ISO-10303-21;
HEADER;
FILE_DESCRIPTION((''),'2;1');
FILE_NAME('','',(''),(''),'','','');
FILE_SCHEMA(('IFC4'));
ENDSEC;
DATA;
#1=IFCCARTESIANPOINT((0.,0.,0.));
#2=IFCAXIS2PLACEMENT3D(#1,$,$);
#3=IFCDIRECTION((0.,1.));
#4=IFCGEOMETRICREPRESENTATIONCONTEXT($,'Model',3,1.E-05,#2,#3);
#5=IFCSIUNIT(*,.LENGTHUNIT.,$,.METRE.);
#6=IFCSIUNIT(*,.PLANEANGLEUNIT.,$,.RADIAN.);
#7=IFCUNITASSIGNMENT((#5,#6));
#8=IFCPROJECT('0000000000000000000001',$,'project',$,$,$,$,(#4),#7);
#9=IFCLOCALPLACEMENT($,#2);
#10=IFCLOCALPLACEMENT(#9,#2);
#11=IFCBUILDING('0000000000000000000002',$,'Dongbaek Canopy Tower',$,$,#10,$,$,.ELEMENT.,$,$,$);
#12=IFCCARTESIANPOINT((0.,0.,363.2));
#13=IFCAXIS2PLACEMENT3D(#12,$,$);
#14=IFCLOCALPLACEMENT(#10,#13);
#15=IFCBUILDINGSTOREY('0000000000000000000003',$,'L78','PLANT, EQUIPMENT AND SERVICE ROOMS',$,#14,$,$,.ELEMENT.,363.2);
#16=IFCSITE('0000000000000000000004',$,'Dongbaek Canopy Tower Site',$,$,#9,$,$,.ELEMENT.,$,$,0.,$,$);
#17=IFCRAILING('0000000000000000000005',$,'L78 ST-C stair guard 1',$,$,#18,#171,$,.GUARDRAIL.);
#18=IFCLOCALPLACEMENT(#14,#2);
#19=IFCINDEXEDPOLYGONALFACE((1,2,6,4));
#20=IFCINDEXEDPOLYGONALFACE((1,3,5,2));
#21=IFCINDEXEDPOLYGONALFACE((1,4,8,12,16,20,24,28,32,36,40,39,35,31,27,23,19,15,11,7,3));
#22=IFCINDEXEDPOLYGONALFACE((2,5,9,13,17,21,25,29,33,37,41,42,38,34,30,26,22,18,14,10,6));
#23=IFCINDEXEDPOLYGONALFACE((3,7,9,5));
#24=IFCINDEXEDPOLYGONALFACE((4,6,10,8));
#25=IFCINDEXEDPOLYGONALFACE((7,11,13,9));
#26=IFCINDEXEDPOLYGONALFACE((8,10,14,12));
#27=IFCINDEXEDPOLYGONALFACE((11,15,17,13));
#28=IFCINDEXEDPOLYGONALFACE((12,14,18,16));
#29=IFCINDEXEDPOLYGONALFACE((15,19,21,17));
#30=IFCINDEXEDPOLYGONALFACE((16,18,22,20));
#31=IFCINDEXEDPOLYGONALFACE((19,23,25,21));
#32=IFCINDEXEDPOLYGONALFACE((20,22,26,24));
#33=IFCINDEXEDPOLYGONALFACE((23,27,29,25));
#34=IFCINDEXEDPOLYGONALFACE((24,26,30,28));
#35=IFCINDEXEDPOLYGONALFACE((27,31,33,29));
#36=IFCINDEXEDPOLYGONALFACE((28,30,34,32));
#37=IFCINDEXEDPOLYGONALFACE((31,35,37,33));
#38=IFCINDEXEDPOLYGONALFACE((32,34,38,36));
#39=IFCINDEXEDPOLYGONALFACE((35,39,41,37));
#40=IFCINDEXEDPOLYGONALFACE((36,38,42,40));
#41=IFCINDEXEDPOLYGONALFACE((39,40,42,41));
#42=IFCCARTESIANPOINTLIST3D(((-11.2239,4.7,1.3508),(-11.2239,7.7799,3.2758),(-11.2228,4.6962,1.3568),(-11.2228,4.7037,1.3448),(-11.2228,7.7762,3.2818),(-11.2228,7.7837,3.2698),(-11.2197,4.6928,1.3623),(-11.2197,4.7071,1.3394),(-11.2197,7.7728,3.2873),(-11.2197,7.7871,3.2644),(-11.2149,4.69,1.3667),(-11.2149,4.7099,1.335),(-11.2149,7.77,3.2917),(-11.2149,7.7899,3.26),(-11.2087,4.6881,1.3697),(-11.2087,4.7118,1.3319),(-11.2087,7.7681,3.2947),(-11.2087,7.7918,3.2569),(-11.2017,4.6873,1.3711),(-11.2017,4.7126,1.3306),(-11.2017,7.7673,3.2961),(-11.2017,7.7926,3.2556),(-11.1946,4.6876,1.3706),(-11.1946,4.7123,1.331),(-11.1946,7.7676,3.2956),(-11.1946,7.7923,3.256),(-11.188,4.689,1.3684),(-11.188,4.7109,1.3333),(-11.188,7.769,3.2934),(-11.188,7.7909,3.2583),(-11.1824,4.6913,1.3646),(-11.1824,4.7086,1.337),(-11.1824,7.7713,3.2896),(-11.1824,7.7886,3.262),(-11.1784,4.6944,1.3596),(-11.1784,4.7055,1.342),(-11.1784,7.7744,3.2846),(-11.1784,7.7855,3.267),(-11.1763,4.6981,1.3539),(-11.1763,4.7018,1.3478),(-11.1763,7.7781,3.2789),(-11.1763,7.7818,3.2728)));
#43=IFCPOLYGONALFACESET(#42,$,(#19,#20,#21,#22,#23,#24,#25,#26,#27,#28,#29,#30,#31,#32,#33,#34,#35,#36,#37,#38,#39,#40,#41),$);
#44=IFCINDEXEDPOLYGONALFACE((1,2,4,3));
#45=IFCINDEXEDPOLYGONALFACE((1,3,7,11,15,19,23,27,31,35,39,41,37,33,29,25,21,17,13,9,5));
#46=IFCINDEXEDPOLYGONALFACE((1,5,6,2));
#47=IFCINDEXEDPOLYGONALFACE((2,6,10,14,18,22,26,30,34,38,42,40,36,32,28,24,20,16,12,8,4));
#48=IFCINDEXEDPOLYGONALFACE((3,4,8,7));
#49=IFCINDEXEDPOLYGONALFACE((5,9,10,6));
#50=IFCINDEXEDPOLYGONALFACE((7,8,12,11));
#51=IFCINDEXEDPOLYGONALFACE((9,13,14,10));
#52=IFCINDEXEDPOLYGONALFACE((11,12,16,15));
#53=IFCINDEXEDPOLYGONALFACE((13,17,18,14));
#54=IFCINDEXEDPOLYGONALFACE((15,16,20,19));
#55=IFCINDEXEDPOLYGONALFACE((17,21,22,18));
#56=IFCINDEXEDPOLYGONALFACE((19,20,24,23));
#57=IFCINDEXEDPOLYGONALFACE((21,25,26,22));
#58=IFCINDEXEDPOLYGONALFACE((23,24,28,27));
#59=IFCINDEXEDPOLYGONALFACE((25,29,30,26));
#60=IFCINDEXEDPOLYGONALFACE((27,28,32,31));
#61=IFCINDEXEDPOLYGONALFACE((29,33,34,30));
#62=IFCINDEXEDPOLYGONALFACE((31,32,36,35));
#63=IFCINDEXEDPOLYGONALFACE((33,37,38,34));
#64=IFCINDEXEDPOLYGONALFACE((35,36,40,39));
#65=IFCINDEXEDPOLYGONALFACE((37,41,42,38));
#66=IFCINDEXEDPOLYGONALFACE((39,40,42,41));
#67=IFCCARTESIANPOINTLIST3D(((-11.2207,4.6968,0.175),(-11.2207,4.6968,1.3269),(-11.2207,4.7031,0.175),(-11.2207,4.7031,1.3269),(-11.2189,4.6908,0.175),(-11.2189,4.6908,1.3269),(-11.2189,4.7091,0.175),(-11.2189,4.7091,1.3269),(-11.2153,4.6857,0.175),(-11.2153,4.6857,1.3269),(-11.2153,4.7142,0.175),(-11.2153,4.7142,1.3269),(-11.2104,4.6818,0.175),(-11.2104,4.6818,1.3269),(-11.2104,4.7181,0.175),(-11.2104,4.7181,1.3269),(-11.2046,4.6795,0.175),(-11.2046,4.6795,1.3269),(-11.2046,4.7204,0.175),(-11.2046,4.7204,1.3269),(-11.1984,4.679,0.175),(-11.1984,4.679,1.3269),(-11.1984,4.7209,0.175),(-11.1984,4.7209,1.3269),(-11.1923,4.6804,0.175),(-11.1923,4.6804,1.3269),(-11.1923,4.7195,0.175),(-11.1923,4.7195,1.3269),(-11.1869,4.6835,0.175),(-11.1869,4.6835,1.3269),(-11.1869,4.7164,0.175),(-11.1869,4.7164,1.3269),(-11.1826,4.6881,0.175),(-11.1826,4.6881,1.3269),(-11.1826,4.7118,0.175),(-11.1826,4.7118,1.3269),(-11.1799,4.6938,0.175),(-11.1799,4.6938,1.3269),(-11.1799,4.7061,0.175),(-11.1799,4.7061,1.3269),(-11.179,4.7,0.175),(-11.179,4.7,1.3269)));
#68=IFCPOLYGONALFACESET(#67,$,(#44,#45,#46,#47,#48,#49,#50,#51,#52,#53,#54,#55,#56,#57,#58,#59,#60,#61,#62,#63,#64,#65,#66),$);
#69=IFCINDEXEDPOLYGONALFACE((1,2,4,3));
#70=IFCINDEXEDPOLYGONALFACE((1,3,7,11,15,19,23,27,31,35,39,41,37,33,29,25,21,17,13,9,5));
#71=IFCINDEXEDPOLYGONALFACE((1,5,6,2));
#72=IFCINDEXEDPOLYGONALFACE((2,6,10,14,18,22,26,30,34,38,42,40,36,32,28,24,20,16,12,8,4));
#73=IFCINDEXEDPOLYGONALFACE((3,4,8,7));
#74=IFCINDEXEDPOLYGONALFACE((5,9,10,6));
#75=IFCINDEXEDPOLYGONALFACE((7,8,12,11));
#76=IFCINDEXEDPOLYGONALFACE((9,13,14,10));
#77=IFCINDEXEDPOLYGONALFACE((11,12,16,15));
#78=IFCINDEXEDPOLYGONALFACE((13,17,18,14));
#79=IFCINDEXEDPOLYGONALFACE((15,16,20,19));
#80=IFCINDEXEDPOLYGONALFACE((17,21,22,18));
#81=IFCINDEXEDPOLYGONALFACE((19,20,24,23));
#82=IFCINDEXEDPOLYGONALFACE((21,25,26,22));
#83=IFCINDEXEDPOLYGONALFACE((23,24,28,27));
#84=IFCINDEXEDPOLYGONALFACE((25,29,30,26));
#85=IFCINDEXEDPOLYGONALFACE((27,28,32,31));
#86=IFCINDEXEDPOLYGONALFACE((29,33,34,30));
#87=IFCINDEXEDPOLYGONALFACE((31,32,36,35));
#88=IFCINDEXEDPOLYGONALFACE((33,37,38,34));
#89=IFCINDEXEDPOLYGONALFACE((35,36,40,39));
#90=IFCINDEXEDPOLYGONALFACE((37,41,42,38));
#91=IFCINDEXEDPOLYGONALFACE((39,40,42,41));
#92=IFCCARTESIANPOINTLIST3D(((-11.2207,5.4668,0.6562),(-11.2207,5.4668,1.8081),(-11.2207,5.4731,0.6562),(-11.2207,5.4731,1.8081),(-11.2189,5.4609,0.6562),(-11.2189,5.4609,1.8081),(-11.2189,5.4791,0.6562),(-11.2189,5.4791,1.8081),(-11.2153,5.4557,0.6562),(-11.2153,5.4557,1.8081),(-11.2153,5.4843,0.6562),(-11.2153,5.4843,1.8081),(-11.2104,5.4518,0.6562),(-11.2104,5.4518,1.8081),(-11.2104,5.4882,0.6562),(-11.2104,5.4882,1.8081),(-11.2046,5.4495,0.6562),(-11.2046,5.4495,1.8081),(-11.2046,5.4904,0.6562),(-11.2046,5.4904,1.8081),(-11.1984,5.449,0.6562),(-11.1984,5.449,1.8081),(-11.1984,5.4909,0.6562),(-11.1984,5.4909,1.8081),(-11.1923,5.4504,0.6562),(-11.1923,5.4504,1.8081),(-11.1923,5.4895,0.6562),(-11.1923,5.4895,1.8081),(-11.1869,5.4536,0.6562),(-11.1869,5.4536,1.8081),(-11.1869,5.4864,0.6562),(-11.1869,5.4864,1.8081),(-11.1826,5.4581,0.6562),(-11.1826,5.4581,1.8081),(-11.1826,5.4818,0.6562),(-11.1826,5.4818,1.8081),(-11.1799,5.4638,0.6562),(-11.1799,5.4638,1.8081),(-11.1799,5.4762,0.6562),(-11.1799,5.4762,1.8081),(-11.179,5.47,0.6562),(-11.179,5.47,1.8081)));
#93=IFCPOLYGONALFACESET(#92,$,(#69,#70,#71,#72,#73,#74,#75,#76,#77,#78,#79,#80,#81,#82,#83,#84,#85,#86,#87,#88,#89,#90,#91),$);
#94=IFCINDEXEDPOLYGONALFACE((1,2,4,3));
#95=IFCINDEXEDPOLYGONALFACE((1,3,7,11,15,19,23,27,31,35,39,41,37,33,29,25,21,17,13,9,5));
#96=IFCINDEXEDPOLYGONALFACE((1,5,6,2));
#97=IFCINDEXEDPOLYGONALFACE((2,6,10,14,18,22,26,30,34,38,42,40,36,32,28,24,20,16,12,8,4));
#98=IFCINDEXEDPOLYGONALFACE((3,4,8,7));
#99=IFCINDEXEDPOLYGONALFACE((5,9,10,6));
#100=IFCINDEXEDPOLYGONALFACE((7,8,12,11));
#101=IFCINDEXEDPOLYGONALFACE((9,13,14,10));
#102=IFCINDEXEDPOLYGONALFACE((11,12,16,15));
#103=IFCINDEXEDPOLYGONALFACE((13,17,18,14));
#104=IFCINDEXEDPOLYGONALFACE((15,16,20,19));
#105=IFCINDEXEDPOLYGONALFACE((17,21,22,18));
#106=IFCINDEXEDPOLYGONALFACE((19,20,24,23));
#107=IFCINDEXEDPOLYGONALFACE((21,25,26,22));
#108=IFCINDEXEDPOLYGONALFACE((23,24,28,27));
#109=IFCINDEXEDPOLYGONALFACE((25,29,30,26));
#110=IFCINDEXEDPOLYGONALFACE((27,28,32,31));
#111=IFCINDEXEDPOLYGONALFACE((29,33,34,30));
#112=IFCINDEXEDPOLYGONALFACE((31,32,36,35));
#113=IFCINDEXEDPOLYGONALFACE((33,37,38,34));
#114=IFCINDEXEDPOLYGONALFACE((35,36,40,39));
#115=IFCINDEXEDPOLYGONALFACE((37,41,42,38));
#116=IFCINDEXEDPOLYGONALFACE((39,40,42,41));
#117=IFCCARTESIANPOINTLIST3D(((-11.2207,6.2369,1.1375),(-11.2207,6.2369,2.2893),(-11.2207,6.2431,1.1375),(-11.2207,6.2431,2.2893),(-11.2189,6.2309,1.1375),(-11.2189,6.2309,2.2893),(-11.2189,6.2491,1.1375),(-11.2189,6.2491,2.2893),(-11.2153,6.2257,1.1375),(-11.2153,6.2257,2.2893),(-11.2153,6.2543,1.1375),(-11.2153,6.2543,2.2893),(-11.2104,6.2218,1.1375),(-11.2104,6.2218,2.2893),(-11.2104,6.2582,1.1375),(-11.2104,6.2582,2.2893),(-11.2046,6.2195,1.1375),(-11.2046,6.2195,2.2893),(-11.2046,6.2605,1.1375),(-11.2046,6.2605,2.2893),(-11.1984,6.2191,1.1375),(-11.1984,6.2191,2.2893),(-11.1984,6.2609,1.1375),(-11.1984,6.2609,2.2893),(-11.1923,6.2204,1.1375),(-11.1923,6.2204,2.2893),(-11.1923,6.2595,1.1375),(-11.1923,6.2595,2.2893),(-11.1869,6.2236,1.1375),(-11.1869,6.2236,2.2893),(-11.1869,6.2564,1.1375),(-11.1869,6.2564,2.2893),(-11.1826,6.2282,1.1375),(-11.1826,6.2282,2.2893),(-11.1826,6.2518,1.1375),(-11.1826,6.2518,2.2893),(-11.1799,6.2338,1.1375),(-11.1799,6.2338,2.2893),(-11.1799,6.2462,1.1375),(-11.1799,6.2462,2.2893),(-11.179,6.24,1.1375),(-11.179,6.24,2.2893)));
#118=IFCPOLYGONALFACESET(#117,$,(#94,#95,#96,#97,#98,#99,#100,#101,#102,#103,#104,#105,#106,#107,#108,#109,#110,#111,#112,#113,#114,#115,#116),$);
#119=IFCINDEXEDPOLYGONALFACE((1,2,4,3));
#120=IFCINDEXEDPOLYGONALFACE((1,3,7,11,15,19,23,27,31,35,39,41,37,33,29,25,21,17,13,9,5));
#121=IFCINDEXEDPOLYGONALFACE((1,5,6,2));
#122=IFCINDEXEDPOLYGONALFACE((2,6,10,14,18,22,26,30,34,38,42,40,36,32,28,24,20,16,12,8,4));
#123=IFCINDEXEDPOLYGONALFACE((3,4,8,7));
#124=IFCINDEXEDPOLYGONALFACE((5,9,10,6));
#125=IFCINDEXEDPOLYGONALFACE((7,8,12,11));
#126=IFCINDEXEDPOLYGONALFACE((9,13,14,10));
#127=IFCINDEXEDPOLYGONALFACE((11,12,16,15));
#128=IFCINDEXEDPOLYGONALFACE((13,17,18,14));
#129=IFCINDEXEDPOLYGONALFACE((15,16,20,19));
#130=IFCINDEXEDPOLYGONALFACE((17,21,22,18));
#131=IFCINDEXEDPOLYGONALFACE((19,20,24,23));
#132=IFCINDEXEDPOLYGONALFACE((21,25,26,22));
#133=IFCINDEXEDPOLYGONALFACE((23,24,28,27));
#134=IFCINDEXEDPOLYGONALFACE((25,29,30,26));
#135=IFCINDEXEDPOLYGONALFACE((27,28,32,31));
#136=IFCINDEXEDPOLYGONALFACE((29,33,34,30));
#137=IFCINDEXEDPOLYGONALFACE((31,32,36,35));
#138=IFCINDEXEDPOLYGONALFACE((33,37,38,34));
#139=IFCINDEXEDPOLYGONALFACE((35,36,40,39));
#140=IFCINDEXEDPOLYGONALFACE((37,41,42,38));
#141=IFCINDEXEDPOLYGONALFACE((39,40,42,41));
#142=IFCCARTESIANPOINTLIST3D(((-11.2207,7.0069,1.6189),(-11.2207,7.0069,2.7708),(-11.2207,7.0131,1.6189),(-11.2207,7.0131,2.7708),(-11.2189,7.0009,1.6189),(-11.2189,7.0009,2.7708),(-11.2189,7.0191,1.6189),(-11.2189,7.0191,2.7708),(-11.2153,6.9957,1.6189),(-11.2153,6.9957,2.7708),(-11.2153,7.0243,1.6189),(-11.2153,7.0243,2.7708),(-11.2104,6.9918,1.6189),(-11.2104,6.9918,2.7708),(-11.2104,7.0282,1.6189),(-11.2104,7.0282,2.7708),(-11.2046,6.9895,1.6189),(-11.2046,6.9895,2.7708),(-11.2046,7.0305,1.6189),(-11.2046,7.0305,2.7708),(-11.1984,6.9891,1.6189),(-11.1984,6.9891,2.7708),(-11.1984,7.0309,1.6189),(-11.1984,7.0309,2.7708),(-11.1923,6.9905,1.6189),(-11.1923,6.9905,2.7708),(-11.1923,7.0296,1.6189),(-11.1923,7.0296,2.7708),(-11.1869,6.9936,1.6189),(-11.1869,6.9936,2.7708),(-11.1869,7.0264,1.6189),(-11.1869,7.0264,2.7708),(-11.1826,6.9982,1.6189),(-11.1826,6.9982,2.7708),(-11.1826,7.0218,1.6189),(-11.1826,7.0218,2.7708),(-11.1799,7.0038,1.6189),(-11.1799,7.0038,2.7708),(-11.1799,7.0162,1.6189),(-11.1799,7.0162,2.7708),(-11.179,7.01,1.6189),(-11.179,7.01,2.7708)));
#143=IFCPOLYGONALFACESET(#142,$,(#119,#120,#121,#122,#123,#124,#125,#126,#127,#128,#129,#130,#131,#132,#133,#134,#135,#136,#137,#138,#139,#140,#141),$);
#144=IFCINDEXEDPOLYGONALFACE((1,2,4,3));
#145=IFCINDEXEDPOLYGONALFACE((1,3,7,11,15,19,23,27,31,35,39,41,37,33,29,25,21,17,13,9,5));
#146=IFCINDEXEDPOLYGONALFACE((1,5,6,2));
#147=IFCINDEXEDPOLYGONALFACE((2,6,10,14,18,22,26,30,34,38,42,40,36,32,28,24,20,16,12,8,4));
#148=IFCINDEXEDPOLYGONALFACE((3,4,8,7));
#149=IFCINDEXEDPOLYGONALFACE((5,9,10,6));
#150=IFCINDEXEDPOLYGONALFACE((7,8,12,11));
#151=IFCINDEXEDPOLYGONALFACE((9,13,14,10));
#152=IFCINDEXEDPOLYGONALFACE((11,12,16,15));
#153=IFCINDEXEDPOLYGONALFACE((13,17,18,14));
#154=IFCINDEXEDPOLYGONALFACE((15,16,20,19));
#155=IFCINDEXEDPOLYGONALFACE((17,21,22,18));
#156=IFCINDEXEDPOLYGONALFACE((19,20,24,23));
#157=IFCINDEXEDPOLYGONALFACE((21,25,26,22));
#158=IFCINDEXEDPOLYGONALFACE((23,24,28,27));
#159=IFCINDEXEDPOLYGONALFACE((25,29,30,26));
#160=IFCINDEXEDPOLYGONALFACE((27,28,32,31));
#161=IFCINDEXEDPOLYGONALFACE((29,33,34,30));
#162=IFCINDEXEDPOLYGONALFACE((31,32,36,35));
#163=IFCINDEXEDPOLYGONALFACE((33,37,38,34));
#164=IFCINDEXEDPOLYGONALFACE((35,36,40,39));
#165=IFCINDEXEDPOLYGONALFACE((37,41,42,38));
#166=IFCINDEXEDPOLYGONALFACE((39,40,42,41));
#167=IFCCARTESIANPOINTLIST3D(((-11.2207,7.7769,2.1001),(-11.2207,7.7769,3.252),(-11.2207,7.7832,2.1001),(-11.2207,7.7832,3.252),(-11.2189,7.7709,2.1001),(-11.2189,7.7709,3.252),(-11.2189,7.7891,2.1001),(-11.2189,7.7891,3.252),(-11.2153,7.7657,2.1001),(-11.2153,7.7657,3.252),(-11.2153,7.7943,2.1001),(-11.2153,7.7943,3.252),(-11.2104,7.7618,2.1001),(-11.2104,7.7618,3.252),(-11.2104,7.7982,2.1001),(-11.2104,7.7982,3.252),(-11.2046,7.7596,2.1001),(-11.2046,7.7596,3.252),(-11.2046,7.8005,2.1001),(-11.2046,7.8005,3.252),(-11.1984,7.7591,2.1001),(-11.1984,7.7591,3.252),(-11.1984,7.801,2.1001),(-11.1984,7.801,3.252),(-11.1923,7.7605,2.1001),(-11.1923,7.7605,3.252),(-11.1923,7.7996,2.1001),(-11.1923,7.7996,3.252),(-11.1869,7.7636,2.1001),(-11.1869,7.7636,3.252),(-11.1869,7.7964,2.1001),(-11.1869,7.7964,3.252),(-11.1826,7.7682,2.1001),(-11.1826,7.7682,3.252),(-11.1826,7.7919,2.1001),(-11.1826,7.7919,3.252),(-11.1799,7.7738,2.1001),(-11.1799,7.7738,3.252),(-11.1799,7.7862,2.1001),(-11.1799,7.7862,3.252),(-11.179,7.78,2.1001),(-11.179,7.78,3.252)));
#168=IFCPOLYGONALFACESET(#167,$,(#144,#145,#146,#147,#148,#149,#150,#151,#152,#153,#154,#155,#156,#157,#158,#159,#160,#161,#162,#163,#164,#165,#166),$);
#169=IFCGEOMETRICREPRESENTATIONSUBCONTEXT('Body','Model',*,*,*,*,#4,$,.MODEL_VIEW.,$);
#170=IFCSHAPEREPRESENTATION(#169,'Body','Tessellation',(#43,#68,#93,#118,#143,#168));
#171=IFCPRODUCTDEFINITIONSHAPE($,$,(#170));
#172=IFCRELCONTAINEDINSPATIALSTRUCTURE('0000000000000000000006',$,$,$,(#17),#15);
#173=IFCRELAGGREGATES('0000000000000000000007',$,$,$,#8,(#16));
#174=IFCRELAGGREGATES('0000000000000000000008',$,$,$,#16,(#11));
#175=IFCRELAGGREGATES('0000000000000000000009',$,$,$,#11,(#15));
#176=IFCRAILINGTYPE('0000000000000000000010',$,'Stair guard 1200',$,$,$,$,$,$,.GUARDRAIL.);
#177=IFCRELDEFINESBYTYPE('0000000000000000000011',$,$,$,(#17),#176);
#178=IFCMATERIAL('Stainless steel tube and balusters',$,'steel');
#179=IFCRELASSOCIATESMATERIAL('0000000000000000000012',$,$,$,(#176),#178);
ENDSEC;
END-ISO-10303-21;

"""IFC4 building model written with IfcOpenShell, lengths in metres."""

from ifc_helpers import new_model, si_unit, direction, frame, origin, origin_2d, place, context, subcontext, project, spatial, circle, extrude, material, type_object, element, save


model = new_model("IFC4")

# Units and contexts
model_context = context("Model", 3, precision=1e-05, world=origin(), true_north=direction((0.0, 1.0)))
body_context = subcontext(model_context, "Body", "Model", "MODEL_VIEW")
ifc_project = project(units=[si_unit("LENGTHUNIT", "METRE"), si_unit("PLANEANGLEUNIT", "RADIAN")], contexts=[model_context])

# Site, building, storey
site_placement = place(None, origin())
site = spatial("IfcSite", under=ifc_project, at=site_placement, Name="Dongbaek Canopy Tower Site", CompositionType="ELEMENT", RefElevation=0.0)
building_placement = place(site_placement, origin())
building = spatial("IfcBuilding", under=site, at=building_placement, Name="Dongbaek Canopy Tower", CompositionType="ELEMENT")
storey_placement = place(building_placement, frame((0.0, 0.0, 363.2)))
storey = spatial("IfcBuildingStorey", under=building, at=storey_placement, Name="L78", Description="PLANT, EQUIPMENT AND SERVICE ROOMS", CompositionType="ELEMENT", Elevation=363.2)

# Railing
ifc_material_1 = material(Name="Stainless steel tube and balusters", Category="steel")
railing_type_1 = type_object("IfcRailingType", Name="Stair guard 1200", PredefinedType="GUARDRAIL", material=ifc_material_1)
railing_1_placement = place(storey_placement, frame((-11.2, 4.7, 0.175)))
element("IfcRailing", 1, at=railing_1_placement, inside=storey, type_object=railing_type_1, Name="L78 ST-C stair guard 1", PredefinedType="GUARDRAIL", context=body_context, shape_type="SweptSolid", body=[
    extrude(circle(Radius=0.0239, at=origin_2d()), frame((0.0, 0.0, 1.1758), z_axis=(0.0, 0.847998, 0.529999), x_axis=(-1.0, 0.0, 0.0)), (0.0, 0.0, 1.0), 3.6321),
    extrude(circle(Radius=0.021, at=origin_2d()), origin(), (0.0, 0.0, 1.0), 1.1519),
    extrude(circle(Radius=0.021, at=origin_2d()), frame((0.0, 0.77, 0.4812)), (0.0, 0.0, 1.0), 1.1519),
    extrude(circle(Radius=0.021, at=origin_2d()), frame((0.0, 1.54, 0.9624)), (0.0, 0.0, 1.0), 1.1519),
    extrude(circle(Radius=0.021, at=origin_2d()), frame((0.0, 2.3101, 1.4438)), (0.0, 0.0, 1.0), 1.1519),
    extrude(circle(Radius=0.021, at=origin_2d()), frame((0.0, 3.0801, 1.925)), (0.0, 0.0, 1.0), 1.1519),
])

save(model, "model.ifc")
